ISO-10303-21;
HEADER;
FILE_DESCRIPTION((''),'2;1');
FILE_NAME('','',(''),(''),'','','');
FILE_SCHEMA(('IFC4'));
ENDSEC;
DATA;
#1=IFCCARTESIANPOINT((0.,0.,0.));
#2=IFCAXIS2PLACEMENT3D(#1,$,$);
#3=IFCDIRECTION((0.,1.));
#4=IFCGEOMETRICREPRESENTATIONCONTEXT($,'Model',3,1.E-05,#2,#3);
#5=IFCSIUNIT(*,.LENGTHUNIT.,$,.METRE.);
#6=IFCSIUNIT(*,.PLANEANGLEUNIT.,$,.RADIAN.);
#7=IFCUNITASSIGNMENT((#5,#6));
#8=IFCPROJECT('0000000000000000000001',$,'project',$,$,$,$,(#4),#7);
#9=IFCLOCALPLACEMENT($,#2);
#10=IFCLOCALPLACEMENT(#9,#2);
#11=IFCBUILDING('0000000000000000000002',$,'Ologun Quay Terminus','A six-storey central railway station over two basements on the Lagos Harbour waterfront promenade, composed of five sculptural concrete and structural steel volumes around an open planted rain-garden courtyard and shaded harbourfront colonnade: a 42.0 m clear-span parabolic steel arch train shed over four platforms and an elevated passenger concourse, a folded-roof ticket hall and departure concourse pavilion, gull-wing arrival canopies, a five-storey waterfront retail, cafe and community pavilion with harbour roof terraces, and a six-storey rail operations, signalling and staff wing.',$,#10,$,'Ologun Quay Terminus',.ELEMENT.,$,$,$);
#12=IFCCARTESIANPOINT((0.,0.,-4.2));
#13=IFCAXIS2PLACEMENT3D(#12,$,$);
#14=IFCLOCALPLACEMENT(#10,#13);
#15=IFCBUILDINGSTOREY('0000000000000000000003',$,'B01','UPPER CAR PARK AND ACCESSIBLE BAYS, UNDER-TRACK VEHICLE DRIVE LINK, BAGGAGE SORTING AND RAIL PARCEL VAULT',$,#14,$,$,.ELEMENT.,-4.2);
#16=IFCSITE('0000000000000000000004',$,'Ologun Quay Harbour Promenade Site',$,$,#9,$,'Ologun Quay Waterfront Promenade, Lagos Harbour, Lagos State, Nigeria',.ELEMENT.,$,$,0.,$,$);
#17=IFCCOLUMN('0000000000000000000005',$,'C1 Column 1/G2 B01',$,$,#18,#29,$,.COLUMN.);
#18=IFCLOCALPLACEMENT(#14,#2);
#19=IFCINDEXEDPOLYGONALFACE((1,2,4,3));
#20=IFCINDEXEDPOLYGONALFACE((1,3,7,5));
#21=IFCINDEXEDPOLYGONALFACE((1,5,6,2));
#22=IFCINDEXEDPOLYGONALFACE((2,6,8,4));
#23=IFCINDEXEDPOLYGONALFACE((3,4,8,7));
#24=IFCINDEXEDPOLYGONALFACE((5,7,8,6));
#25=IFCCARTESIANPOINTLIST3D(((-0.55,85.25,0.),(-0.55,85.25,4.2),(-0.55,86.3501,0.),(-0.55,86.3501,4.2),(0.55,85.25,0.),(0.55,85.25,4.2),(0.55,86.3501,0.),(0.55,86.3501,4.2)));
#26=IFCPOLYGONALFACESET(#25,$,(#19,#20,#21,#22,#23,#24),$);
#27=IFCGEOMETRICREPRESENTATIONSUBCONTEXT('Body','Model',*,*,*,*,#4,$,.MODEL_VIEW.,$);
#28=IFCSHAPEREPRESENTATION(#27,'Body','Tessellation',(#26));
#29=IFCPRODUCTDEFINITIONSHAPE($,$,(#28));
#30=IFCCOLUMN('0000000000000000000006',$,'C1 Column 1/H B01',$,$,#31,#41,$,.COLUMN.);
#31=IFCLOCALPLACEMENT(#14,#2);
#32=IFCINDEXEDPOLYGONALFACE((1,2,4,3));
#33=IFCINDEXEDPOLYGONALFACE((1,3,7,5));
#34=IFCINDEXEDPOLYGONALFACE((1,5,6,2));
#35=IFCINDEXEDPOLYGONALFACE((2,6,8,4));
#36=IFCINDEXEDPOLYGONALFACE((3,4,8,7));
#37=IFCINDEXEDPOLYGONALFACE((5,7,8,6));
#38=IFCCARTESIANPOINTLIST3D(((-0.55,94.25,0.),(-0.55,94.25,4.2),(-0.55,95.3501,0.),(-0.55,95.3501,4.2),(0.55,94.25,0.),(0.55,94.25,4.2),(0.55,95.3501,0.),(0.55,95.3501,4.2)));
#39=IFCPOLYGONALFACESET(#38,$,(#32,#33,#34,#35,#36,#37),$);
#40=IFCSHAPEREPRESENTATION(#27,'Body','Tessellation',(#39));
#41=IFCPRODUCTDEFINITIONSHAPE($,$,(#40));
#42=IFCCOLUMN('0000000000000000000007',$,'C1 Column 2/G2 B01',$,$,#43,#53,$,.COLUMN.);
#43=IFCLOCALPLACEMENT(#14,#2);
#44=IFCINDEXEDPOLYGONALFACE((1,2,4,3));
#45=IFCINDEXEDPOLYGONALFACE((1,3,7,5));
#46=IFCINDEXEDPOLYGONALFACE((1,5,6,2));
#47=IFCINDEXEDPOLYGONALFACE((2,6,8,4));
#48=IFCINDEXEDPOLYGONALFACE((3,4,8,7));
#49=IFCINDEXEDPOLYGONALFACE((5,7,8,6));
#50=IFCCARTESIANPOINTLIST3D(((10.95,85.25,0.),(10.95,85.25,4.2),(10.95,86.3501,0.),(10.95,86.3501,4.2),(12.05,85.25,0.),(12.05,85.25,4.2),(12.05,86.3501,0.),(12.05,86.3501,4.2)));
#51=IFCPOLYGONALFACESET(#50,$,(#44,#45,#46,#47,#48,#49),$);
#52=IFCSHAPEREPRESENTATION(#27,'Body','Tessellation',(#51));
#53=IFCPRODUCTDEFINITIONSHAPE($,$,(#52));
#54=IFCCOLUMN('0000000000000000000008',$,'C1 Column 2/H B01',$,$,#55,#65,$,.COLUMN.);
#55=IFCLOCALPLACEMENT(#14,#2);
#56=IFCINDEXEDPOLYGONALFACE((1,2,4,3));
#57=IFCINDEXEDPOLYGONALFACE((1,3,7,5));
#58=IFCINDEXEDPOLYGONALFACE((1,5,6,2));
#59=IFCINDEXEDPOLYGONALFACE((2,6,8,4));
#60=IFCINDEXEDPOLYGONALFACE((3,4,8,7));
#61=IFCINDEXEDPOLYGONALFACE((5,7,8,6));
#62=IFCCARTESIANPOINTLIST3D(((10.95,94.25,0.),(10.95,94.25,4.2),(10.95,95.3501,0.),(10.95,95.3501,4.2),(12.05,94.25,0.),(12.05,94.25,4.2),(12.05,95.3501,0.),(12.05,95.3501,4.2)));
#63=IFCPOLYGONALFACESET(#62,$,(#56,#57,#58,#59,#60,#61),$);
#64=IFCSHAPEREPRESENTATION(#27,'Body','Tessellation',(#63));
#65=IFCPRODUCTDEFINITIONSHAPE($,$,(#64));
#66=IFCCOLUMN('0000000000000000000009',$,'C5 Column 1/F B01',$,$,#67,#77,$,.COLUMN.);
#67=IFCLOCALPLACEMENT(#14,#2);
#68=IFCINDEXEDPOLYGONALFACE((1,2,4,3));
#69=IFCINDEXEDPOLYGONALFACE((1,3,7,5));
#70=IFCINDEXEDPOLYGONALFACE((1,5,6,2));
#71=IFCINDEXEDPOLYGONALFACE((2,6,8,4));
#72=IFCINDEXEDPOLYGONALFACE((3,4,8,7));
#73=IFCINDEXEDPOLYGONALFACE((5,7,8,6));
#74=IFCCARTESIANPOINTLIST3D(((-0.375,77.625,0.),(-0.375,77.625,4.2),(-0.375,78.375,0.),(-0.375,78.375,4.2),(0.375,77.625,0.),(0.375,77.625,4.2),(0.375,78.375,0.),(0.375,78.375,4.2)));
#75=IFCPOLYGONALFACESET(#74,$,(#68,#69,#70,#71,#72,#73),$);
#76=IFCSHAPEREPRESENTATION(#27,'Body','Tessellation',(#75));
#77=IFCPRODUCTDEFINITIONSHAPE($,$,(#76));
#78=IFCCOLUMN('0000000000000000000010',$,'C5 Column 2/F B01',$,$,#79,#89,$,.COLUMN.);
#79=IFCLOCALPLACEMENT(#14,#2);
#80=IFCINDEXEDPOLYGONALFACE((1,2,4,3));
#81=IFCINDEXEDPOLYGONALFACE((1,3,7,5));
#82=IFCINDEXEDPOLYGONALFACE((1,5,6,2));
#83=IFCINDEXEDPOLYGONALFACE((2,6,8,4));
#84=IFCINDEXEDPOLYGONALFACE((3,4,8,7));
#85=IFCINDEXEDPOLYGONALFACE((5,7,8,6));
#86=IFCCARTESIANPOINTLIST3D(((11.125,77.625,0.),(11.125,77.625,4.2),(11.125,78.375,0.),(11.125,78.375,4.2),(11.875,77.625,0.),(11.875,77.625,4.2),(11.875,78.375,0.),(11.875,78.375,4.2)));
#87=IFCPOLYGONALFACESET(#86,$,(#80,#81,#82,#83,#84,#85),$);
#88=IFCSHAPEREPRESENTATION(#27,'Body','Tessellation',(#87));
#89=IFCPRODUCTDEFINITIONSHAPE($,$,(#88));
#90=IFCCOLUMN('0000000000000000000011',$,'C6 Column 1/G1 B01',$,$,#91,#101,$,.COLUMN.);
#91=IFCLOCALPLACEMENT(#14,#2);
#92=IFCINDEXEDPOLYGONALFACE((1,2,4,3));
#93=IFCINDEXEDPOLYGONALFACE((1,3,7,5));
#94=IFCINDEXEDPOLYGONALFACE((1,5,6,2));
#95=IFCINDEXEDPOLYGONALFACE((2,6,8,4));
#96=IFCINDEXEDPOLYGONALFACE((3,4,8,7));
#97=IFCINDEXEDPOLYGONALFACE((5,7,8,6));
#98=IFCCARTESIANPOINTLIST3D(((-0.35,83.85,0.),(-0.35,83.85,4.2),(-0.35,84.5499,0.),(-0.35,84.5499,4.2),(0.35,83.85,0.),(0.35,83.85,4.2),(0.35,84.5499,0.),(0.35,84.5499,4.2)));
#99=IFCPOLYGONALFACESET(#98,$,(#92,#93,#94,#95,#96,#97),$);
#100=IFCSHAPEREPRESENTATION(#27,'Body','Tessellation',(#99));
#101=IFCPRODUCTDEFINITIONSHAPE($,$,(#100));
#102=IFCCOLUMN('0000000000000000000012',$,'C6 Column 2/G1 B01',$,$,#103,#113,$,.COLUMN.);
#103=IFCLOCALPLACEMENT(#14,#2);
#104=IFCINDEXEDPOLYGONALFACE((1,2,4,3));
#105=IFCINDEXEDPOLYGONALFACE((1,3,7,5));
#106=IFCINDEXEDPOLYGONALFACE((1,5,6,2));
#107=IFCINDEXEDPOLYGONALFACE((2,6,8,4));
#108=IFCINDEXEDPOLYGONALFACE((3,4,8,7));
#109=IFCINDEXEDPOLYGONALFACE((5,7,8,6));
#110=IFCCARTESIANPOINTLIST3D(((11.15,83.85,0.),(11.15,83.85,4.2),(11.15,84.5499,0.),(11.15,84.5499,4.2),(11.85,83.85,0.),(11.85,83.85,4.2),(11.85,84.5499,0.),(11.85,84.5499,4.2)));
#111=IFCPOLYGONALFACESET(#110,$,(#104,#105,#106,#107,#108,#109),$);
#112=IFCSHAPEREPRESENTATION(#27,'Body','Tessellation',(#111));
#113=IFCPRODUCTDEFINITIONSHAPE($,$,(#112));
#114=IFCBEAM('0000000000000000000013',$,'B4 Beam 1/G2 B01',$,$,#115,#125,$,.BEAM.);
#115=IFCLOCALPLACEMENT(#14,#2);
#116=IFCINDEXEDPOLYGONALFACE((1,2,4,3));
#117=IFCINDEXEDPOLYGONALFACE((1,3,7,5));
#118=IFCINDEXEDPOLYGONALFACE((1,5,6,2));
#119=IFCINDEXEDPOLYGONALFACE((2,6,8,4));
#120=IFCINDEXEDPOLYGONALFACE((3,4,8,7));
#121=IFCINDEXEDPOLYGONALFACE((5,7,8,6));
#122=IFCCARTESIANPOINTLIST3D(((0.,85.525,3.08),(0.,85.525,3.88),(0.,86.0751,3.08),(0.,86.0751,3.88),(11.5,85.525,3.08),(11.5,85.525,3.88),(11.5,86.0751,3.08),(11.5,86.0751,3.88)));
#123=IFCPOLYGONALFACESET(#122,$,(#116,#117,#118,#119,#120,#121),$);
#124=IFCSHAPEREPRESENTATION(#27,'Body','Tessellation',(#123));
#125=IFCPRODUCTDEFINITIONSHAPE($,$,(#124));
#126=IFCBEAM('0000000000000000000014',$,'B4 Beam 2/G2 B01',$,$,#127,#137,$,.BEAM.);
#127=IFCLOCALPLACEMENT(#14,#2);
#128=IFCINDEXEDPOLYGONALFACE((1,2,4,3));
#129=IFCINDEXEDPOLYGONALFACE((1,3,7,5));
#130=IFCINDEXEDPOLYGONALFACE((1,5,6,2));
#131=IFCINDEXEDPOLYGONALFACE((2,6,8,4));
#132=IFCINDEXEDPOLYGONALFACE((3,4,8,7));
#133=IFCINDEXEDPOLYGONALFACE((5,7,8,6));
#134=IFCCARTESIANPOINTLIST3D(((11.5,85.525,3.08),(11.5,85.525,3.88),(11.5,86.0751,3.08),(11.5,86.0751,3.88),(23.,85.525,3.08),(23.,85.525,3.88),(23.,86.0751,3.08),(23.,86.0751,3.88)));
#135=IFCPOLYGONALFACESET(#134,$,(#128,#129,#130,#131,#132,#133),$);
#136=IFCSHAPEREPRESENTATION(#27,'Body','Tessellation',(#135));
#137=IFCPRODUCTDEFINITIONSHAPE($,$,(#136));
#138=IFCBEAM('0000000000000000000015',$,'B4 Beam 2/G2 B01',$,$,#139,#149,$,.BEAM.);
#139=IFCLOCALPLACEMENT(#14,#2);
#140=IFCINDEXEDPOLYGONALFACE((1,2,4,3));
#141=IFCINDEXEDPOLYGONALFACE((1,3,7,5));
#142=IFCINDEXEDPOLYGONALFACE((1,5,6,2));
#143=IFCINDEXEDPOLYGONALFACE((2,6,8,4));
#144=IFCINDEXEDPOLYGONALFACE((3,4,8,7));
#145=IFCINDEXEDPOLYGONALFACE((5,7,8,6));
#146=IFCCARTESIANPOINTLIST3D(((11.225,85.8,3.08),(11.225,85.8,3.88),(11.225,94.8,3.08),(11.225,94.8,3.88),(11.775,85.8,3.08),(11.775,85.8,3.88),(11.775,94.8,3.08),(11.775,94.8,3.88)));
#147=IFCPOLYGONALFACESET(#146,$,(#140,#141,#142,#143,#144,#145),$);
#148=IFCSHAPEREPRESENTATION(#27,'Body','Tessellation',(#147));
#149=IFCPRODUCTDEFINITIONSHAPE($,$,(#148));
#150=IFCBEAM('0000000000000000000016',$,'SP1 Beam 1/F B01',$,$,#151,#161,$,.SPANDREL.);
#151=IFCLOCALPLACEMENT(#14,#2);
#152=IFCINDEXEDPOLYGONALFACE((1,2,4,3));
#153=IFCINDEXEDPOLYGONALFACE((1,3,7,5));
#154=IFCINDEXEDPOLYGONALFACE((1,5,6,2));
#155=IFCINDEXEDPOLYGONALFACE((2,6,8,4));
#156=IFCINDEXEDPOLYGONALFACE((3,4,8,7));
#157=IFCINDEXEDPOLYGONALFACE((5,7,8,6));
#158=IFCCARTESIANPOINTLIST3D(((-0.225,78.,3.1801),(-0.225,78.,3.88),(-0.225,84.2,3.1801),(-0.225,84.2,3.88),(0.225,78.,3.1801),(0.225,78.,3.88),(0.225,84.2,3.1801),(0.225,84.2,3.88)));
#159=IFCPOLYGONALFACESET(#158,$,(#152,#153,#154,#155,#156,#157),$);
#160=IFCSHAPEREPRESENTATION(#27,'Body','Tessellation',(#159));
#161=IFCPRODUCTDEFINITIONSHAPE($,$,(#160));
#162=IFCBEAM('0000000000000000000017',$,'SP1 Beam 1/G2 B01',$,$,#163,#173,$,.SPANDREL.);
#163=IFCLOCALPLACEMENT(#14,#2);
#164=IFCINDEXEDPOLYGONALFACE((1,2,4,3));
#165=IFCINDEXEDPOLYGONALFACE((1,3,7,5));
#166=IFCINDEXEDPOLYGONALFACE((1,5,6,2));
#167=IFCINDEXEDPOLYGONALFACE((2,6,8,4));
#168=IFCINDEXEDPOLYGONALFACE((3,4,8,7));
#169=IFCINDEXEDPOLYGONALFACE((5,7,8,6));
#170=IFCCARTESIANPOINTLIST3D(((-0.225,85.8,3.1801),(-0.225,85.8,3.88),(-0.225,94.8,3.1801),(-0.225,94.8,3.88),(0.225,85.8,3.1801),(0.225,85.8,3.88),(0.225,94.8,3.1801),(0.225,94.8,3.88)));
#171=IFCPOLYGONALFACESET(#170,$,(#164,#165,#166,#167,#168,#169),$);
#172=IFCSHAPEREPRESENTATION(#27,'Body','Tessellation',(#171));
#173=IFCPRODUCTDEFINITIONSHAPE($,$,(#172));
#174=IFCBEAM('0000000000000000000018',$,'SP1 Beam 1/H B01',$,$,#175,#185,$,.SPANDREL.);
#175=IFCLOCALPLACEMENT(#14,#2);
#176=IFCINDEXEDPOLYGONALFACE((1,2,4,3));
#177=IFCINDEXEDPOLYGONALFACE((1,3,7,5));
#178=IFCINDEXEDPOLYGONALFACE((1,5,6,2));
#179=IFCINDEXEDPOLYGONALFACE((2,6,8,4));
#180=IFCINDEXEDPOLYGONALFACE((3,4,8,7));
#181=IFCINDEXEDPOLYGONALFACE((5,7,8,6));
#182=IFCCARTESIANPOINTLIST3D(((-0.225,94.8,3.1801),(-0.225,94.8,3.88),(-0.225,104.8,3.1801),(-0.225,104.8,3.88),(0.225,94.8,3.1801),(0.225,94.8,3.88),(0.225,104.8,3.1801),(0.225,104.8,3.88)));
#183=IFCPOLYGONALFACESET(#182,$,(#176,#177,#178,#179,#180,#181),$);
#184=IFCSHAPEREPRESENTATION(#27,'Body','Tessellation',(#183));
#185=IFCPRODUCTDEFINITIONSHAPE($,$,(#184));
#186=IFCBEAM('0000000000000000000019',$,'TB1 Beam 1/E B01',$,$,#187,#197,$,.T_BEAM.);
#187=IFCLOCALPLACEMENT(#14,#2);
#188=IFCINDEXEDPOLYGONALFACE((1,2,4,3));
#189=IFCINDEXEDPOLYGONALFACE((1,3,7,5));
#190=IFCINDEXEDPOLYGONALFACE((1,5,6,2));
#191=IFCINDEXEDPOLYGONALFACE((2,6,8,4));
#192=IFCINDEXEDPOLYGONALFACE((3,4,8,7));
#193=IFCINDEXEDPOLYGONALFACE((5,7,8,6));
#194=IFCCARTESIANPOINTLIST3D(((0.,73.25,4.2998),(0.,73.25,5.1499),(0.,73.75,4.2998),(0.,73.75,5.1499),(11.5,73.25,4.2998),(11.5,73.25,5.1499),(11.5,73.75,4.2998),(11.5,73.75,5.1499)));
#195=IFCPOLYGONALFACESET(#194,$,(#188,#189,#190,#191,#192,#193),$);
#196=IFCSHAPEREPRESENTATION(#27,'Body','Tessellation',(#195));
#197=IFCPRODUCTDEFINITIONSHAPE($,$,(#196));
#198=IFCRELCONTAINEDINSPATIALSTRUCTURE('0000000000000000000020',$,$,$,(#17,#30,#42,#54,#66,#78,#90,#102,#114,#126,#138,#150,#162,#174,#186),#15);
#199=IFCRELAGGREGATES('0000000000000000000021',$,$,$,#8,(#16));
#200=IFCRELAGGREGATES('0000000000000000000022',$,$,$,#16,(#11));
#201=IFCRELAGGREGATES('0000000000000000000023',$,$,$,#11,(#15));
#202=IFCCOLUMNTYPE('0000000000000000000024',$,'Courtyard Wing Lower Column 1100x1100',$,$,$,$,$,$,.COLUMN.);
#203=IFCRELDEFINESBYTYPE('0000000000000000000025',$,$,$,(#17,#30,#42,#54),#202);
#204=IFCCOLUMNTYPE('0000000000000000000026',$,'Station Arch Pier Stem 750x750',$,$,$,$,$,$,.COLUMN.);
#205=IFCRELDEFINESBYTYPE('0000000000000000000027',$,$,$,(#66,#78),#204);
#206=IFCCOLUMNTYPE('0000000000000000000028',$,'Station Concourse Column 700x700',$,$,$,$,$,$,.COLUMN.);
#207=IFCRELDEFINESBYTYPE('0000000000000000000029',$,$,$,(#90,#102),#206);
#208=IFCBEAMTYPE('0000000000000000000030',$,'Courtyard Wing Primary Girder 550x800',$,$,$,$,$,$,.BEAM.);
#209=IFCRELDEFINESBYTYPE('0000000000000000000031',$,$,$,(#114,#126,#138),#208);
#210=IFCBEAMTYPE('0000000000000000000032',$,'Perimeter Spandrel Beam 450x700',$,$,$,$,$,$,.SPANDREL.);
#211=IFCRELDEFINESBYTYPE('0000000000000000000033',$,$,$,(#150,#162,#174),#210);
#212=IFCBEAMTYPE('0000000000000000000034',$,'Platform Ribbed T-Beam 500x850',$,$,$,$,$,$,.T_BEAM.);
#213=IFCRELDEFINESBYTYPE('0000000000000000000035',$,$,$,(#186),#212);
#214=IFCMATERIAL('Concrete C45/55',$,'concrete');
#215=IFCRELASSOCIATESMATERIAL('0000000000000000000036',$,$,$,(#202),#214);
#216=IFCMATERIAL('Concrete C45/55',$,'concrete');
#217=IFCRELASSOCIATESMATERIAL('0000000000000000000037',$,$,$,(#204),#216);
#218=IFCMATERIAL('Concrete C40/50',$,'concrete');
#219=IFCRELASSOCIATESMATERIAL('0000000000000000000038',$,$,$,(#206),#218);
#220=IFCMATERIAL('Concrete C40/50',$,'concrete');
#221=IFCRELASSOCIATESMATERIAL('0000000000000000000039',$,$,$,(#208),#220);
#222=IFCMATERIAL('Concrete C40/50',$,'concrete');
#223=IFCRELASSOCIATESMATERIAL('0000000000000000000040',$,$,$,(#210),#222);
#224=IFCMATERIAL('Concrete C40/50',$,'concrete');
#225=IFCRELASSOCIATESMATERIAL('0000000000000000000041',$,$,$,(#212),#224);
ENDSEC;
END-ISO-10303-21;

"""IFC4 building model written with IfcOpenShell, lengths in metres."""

from ifc_helpers import new_model, si_unit, direction, frame, origin, origin_2d, place, context, subcontext, project, spatial, rectangle, extrude, material, material_profile, profile_set, type_object, element, save


model = new_model("IFC4")

# Units and contexts
model_context = context("Model", 3, precision=1e-05, world=origin(), true_north=direction((0.0, 1.0)))
body_context = subcontext(model_context, "Body", "Model", "MODEL_VIEW")
ifc_project = project(units=[si_unit("LENGTHUNIT", "METRE"), si_unit("PLANEANGLEUNIT", "RADIAN")], contexts=[model_context])

# Site, building, storey
site_placement = place(None, origin())
site = spatial("IfcSite", under=ifc_project, at=site_placement, Name="Ologun Quay Harbour Promenade Site", LongName="Ologun Quay Waterfront Promenade, Lagos Harbour, Lagos State, Nigeria", CompositionType="ELEMENT", RefElevation=0.0)
building_placement = place(site_placement, origin())
building = spatial("IfcBuilding", under=site, at=building_placement, Name="Ologun Quay Terminus", Description="A six-storey central railway station over two basements on the Lagos Harbour waterfront promenade, composed of five sculptural concrete and structural steel volumes around an open planted rain-garden courtyard and shaded harbourfront colonnade: a 42.0 m clear-span parabolic steel arch train shed over four platforms and an elevated passenger concourse, a folded-roof ticket hall and departure concourse pavilion, gull-wing arrival canopies, a five-storey waterfront retail, cafe and community pavilion with harbour roof terraces, and a six-storey rail operations, signalling and staff wing.", LongName="Ologun Quay Terminus", CompositionType="ELEMENT")
storey_placement = place(building_placement, frame((0.0, 0.0, -4.2)))
storey = spatial("IfcBuildingStorey", under=building, at=storey_placement, Name="B01", Description="UPPER CAR PARK AND ACCESSIBLE BAYS, UNDER-TRACK VEHICLE DRIVE LINK, BAGGAGE SORTING AND RAIL PARCEL VAULT", CompositionType="ELEMENT", Elevation=-4.2)

# Columns
ifc_material_1 = material(Name="Concrete C45/55", Category="concrete")
ifc_material_profile_1 = material_profile(ifc_material_1, rectangle(XDim=1.1001, YDim=1.1001, at=origin_2d()), Name="RC 1100x1100")
ifc_profile_set_1 = profile_set([ifc_material_profile_1], Name="Concrete C45/55")
column_type_1 = type_object("IfcColumnType", Name="Courtyard Wing Lower Column 1100x1100", PredefinedType="COLUMN", material=ifc_profile_set_1)
for number, where, z_axis, x_axis, name in (
    (1, (0.0, 85.8, 0.0), (0.0, 0.0, 1.0), (1.0, 0.0, 0.0), "C1 Column 1/G2 B01"),
    (2, (0.0, 94.8, 0.0), (0.0, 0.0, 1.0), (1.0, 0.0, 0.0), "C1 Column 1/H B01"),
    (3, (11.5, 85.8, 0.0), (0.0, 0.0, 1.0), (1.0, 0.0, 0.0), "C1 Column 2/G2 B01"),
    (4, (11.5, 94.8, 0.0), (0.0, 0.0, 1.0), (1.0, 0.0, 0.0), "C1 Column 2/H B01"),
):
    element("IfcColumn", number, at=place(storey_placement, frame(where, z_axis=z_axis, x_axis=x_axis)), inside=storey, type_object=column_type_1, Name=name, PredefinedType="COLUMN", context=body_context, shape_type="SweptSolid", body=[
        extrude(rectangle(XDim=1.1001, YDim=1.1001, at=origin_2d()), origin(), (0.0, 0.0, 1.0), 4.2),
    ])
ifc_material_2 = material(Name="Concrete C45/55", Category="concrete")
ifc_material_profile_2 = material_profile(ifc_material_2, rectangle(XDim=0.75, YDim=0.75, at=origin_2d()), Name="RC 750x750")
ifc_profile_set_2 = profile_set([ifc_material_profile_2], Name="Concrete C45/55")
column_type_2 = type_object("IfcColumnType", Name="Station Arch Pier Stem 750x750", PredefinedType="COLUMN", material=ifc_profile_set_2)
for number, where, z_axis, x_axis, name in (
    (5, (0.0, 78.0, 0.0), (0.0, 0.0, 1.0), (1.0, 0.0, 0.0), "C5 Column 1/F B01"),
    (6, (11.5, 78.0, 0.0), (0.0, 0.0, 1.0), (1.0, 0.0, 0.0), "C5 Column 2/F B01"),
):
    element("IfcColumn", number, at=place(storey_placement, frame(where, z_axis=z_axis, x_axis=x_axis)), inside=storey, type_object=column_type_2, Name=name, PredefinedType="COLUMN", context=body_context, shape_type="SweptSolid", body=[
        extrude(rectangle(XDim=0.75, YDim=0.75, at=origin_2d()), origin(), (0.0, 0.0, 1.0), 4.2),
    ])
ifc_material_3 = material(Name="Concrete C40/50", Category="concrete")
ifc_material_profile_3 = material_profile(ifc_material_3, rectangle(XDim=0.7, YDim=0.7, at=origin_2d()), Name="RC 700x700")
ifc_profile_set_3 = profile_set([ifc_material_profile_3], Name="Concrete C40/50")
column_type_3 = type_object("IfcColumnType", Name="Station Concourse Column 700x700", PredefinedType="COLUMN", material=ifc_profile_set_3)
for number, where, z_axis, x_axis, name in (
    (7, (0.0, 84.2, 0.0), (0.0, 0.0, 1.0), (1.0, 0.0, 0.0), "C6 Column 1/G1 B01"),
    (8, (11.5, 84.2, 0.0), (0.0, 0.0, 1.0), (1.0, 0.0, 0.0), "C6 Column 2/G1 B01"),
):
    element("IfcColumn", number, at=place(storey_placement, frame(where, z_axis=z_axis, x_axis=x_axis)), inside=storey, type_object=column_type_3, Name=name, PredefinedType="COLUMN", context=body_context, shape_type="SweptSolid", body=[
        extrude(rectangle(XDim=0.7, YDim=0.7, at=origin_2d()), origin(), (0.0, 0.0, 1.0), 4.2),
    ])

# Beams
ifc_material_4 = material(Name="Concrete C40/50", Category="concrete")
ifc_material_profile_4 = material_profile(ifc_material_4, rectangle(XDim=0.55, YDim=0.8, at=origin_2d()), Name="RC 550x800")
ifc_profile_set_4 = profile_set([ifc_material_profile_4], Name="Concrete C40/50")
beam_type_1 = type_object("IfcBeamType", Name="Courtyard Wing Primary Girder 550x800", PredefinedType="BEAM", material=ifc_profile_set_4)
for number, where, z_axis, x_axis, name in (
    (9, (0.0, 85.8, 3.48), (1.0, 0.0, 0.0), (0.0, 1.0, 0.0), "B4 Beam 1/G2 B01"),
    (10, (11.5, 85.8, 3.48), (1.0, 0.0, 0.0), (0.0, 1.0, 0.0), "B4 Beam 2/G2 B01"),
):
    element("IfcBeam", number, at=place(storey_placement, frame(where, z_axis=z_axis, x_axis=x_axis)), inside=storey, type_object=beam_type_1, Name=name, PredefinedType="BEAM", context=body_context, shape_type="SweptSolid", body=[
        extrude(rectangle(XDim=0.55, YDim=0.8, at=origin_2d()), origin(), (0.0, 0.0, 1.0), 11.5),
    ])
beam_1_placement = place(storey_placement, frame((11.5, 85.8, 3.48), z_axis=(0.0, 1.0, 0.0), x_axis=(-1.0, 0.0, 0.0)))
element("IfcBeam", 11, at=beam_1_placement, inside=storey, type_object=beam_type_1, Name="B4 Beam 2/G2 B01", PredefinedType="BEAM", context=body_context, shape_type="SweptSolid", body=[
    extrude(rectangle(XDim=0.55, YDim=0.8, at=origin_2d()), origin(), (0.0, 0.0, 1.0), 9.0),
])
ifc_material_5 = material(Name="Concrete C40/50", Category="concrete")
ifc_material_profile_5 = material_profile(ifc_material_5, rectangle(XDim=0.45, YDim=0.7, at=origin_2d()), Name="RC 450x700")
ifc_profile_set_5 = profile_set([ifc_material_profile_5], Name="Concrete C40/50")
beam_type_2 = type_object("IfcBeamType", Name="Perimeter Spandrel Beam 450x700", PredefinedType="SPANDREL", material=ifc_profile_set_5)
beam_2_placement = place(storey_placement, frame((0.0, 78.0, 3.53), z_axis=(0.0, 1.0, 0.0), x_axis=(-1.0, 0.0, 0.0)))
element("IfcBeam", 12, at=beam_2_placement, inside=storey, type_object=beam_type_2, Name="SP1 Beam 1/F B01", PredefinedType="SPANDREL", context=body_context, shape_type="SweptSolid", body=[
    extrude(rectangle(XDim=0.45, YDim=0.7, at=origin_2d()), origin(), (0.0, 0.0, 1.0), 6.2),
])
beam_3_placement = place(storey_placement, frame((0.0, 85.8, 3.53), z_axis=(0.0, 1.0, 0.0), x_axis=(-1.0, 0.0, 0.0)))
element("IfcBeam", 13, at=beam_3_placement, inside=storey, type_object=beam_type_2, Name="SP1 Beam 1/G2 B01", PredefinedType="SPANDREL", context=body_context, shape_type="SweptSolid", body=[
    extrude(rectangle(XDim=0.45, YDim=0.7, at=origin_2d()), origin(), (0.0, 0.0, 1.0), 9.0),
])
beam_4_placement = place(storey_placement, frame((0.0, 94.8, 3.53), z_axis=(0.0, 1.0, 0.0), x_axis=(-1.0, 0.0, 0.0)))
element("IfcBeam", 14, at=beam_4_placement, inside=storey, type_object=beam_type_2, Name="SP1 Beam 1/H B01", PredefinedType="SPANDREL", context=body_context, shape_type="SweptSolid", body=[
    extrude(rectangle(XDim=0.45, YDim=0.7, at=origin_2d()), origin(), (0.0, 0.0, 1.0), 10.0),
])
ifc_material_6 = material(Name="Concrete C40/50", Category="concrete")
ifc_material_profile_6 = material_profile(ifc_material_6, rectangle(XDim=0.5, YDim=0.8501, at=origin_2d()), Name="RC 500x850")
ifc_profile_set_6 = profile_set([ifc_material_profile_6], Name="Concrete C40/50")
beam_type_3 = type_object("IfcBeamType", Name="Platform Ribbed T-Beam 500x850", PredefinedType="T_BEAM", material=ifc_profile_set_6)
for number, where, z_axis, x_axis, name in (
    (15, (0.0, 73.5, 4.7249), (1.0, 0.0, 0.0), (0.0, 1.0, 0.0), "TB1 Beam 1/E B01"),
):
    element("IfcBeam", number, at=place(storey_placement, frame(where, z_axis=z_axis, x_axis=x_axis)), inside=storey, type_object=beam_type_3, Name=name, PredefinedType="T_BEAM", context=body_context, shape_type="SweptSolid", body=[
        extrude(rectangle(XDim=0.5, YDim=0.8501, at=origin_2d()), origin(), (0.0, 0.0, 1.0), 11.5),
    ])

save(model, "model.ifc")
